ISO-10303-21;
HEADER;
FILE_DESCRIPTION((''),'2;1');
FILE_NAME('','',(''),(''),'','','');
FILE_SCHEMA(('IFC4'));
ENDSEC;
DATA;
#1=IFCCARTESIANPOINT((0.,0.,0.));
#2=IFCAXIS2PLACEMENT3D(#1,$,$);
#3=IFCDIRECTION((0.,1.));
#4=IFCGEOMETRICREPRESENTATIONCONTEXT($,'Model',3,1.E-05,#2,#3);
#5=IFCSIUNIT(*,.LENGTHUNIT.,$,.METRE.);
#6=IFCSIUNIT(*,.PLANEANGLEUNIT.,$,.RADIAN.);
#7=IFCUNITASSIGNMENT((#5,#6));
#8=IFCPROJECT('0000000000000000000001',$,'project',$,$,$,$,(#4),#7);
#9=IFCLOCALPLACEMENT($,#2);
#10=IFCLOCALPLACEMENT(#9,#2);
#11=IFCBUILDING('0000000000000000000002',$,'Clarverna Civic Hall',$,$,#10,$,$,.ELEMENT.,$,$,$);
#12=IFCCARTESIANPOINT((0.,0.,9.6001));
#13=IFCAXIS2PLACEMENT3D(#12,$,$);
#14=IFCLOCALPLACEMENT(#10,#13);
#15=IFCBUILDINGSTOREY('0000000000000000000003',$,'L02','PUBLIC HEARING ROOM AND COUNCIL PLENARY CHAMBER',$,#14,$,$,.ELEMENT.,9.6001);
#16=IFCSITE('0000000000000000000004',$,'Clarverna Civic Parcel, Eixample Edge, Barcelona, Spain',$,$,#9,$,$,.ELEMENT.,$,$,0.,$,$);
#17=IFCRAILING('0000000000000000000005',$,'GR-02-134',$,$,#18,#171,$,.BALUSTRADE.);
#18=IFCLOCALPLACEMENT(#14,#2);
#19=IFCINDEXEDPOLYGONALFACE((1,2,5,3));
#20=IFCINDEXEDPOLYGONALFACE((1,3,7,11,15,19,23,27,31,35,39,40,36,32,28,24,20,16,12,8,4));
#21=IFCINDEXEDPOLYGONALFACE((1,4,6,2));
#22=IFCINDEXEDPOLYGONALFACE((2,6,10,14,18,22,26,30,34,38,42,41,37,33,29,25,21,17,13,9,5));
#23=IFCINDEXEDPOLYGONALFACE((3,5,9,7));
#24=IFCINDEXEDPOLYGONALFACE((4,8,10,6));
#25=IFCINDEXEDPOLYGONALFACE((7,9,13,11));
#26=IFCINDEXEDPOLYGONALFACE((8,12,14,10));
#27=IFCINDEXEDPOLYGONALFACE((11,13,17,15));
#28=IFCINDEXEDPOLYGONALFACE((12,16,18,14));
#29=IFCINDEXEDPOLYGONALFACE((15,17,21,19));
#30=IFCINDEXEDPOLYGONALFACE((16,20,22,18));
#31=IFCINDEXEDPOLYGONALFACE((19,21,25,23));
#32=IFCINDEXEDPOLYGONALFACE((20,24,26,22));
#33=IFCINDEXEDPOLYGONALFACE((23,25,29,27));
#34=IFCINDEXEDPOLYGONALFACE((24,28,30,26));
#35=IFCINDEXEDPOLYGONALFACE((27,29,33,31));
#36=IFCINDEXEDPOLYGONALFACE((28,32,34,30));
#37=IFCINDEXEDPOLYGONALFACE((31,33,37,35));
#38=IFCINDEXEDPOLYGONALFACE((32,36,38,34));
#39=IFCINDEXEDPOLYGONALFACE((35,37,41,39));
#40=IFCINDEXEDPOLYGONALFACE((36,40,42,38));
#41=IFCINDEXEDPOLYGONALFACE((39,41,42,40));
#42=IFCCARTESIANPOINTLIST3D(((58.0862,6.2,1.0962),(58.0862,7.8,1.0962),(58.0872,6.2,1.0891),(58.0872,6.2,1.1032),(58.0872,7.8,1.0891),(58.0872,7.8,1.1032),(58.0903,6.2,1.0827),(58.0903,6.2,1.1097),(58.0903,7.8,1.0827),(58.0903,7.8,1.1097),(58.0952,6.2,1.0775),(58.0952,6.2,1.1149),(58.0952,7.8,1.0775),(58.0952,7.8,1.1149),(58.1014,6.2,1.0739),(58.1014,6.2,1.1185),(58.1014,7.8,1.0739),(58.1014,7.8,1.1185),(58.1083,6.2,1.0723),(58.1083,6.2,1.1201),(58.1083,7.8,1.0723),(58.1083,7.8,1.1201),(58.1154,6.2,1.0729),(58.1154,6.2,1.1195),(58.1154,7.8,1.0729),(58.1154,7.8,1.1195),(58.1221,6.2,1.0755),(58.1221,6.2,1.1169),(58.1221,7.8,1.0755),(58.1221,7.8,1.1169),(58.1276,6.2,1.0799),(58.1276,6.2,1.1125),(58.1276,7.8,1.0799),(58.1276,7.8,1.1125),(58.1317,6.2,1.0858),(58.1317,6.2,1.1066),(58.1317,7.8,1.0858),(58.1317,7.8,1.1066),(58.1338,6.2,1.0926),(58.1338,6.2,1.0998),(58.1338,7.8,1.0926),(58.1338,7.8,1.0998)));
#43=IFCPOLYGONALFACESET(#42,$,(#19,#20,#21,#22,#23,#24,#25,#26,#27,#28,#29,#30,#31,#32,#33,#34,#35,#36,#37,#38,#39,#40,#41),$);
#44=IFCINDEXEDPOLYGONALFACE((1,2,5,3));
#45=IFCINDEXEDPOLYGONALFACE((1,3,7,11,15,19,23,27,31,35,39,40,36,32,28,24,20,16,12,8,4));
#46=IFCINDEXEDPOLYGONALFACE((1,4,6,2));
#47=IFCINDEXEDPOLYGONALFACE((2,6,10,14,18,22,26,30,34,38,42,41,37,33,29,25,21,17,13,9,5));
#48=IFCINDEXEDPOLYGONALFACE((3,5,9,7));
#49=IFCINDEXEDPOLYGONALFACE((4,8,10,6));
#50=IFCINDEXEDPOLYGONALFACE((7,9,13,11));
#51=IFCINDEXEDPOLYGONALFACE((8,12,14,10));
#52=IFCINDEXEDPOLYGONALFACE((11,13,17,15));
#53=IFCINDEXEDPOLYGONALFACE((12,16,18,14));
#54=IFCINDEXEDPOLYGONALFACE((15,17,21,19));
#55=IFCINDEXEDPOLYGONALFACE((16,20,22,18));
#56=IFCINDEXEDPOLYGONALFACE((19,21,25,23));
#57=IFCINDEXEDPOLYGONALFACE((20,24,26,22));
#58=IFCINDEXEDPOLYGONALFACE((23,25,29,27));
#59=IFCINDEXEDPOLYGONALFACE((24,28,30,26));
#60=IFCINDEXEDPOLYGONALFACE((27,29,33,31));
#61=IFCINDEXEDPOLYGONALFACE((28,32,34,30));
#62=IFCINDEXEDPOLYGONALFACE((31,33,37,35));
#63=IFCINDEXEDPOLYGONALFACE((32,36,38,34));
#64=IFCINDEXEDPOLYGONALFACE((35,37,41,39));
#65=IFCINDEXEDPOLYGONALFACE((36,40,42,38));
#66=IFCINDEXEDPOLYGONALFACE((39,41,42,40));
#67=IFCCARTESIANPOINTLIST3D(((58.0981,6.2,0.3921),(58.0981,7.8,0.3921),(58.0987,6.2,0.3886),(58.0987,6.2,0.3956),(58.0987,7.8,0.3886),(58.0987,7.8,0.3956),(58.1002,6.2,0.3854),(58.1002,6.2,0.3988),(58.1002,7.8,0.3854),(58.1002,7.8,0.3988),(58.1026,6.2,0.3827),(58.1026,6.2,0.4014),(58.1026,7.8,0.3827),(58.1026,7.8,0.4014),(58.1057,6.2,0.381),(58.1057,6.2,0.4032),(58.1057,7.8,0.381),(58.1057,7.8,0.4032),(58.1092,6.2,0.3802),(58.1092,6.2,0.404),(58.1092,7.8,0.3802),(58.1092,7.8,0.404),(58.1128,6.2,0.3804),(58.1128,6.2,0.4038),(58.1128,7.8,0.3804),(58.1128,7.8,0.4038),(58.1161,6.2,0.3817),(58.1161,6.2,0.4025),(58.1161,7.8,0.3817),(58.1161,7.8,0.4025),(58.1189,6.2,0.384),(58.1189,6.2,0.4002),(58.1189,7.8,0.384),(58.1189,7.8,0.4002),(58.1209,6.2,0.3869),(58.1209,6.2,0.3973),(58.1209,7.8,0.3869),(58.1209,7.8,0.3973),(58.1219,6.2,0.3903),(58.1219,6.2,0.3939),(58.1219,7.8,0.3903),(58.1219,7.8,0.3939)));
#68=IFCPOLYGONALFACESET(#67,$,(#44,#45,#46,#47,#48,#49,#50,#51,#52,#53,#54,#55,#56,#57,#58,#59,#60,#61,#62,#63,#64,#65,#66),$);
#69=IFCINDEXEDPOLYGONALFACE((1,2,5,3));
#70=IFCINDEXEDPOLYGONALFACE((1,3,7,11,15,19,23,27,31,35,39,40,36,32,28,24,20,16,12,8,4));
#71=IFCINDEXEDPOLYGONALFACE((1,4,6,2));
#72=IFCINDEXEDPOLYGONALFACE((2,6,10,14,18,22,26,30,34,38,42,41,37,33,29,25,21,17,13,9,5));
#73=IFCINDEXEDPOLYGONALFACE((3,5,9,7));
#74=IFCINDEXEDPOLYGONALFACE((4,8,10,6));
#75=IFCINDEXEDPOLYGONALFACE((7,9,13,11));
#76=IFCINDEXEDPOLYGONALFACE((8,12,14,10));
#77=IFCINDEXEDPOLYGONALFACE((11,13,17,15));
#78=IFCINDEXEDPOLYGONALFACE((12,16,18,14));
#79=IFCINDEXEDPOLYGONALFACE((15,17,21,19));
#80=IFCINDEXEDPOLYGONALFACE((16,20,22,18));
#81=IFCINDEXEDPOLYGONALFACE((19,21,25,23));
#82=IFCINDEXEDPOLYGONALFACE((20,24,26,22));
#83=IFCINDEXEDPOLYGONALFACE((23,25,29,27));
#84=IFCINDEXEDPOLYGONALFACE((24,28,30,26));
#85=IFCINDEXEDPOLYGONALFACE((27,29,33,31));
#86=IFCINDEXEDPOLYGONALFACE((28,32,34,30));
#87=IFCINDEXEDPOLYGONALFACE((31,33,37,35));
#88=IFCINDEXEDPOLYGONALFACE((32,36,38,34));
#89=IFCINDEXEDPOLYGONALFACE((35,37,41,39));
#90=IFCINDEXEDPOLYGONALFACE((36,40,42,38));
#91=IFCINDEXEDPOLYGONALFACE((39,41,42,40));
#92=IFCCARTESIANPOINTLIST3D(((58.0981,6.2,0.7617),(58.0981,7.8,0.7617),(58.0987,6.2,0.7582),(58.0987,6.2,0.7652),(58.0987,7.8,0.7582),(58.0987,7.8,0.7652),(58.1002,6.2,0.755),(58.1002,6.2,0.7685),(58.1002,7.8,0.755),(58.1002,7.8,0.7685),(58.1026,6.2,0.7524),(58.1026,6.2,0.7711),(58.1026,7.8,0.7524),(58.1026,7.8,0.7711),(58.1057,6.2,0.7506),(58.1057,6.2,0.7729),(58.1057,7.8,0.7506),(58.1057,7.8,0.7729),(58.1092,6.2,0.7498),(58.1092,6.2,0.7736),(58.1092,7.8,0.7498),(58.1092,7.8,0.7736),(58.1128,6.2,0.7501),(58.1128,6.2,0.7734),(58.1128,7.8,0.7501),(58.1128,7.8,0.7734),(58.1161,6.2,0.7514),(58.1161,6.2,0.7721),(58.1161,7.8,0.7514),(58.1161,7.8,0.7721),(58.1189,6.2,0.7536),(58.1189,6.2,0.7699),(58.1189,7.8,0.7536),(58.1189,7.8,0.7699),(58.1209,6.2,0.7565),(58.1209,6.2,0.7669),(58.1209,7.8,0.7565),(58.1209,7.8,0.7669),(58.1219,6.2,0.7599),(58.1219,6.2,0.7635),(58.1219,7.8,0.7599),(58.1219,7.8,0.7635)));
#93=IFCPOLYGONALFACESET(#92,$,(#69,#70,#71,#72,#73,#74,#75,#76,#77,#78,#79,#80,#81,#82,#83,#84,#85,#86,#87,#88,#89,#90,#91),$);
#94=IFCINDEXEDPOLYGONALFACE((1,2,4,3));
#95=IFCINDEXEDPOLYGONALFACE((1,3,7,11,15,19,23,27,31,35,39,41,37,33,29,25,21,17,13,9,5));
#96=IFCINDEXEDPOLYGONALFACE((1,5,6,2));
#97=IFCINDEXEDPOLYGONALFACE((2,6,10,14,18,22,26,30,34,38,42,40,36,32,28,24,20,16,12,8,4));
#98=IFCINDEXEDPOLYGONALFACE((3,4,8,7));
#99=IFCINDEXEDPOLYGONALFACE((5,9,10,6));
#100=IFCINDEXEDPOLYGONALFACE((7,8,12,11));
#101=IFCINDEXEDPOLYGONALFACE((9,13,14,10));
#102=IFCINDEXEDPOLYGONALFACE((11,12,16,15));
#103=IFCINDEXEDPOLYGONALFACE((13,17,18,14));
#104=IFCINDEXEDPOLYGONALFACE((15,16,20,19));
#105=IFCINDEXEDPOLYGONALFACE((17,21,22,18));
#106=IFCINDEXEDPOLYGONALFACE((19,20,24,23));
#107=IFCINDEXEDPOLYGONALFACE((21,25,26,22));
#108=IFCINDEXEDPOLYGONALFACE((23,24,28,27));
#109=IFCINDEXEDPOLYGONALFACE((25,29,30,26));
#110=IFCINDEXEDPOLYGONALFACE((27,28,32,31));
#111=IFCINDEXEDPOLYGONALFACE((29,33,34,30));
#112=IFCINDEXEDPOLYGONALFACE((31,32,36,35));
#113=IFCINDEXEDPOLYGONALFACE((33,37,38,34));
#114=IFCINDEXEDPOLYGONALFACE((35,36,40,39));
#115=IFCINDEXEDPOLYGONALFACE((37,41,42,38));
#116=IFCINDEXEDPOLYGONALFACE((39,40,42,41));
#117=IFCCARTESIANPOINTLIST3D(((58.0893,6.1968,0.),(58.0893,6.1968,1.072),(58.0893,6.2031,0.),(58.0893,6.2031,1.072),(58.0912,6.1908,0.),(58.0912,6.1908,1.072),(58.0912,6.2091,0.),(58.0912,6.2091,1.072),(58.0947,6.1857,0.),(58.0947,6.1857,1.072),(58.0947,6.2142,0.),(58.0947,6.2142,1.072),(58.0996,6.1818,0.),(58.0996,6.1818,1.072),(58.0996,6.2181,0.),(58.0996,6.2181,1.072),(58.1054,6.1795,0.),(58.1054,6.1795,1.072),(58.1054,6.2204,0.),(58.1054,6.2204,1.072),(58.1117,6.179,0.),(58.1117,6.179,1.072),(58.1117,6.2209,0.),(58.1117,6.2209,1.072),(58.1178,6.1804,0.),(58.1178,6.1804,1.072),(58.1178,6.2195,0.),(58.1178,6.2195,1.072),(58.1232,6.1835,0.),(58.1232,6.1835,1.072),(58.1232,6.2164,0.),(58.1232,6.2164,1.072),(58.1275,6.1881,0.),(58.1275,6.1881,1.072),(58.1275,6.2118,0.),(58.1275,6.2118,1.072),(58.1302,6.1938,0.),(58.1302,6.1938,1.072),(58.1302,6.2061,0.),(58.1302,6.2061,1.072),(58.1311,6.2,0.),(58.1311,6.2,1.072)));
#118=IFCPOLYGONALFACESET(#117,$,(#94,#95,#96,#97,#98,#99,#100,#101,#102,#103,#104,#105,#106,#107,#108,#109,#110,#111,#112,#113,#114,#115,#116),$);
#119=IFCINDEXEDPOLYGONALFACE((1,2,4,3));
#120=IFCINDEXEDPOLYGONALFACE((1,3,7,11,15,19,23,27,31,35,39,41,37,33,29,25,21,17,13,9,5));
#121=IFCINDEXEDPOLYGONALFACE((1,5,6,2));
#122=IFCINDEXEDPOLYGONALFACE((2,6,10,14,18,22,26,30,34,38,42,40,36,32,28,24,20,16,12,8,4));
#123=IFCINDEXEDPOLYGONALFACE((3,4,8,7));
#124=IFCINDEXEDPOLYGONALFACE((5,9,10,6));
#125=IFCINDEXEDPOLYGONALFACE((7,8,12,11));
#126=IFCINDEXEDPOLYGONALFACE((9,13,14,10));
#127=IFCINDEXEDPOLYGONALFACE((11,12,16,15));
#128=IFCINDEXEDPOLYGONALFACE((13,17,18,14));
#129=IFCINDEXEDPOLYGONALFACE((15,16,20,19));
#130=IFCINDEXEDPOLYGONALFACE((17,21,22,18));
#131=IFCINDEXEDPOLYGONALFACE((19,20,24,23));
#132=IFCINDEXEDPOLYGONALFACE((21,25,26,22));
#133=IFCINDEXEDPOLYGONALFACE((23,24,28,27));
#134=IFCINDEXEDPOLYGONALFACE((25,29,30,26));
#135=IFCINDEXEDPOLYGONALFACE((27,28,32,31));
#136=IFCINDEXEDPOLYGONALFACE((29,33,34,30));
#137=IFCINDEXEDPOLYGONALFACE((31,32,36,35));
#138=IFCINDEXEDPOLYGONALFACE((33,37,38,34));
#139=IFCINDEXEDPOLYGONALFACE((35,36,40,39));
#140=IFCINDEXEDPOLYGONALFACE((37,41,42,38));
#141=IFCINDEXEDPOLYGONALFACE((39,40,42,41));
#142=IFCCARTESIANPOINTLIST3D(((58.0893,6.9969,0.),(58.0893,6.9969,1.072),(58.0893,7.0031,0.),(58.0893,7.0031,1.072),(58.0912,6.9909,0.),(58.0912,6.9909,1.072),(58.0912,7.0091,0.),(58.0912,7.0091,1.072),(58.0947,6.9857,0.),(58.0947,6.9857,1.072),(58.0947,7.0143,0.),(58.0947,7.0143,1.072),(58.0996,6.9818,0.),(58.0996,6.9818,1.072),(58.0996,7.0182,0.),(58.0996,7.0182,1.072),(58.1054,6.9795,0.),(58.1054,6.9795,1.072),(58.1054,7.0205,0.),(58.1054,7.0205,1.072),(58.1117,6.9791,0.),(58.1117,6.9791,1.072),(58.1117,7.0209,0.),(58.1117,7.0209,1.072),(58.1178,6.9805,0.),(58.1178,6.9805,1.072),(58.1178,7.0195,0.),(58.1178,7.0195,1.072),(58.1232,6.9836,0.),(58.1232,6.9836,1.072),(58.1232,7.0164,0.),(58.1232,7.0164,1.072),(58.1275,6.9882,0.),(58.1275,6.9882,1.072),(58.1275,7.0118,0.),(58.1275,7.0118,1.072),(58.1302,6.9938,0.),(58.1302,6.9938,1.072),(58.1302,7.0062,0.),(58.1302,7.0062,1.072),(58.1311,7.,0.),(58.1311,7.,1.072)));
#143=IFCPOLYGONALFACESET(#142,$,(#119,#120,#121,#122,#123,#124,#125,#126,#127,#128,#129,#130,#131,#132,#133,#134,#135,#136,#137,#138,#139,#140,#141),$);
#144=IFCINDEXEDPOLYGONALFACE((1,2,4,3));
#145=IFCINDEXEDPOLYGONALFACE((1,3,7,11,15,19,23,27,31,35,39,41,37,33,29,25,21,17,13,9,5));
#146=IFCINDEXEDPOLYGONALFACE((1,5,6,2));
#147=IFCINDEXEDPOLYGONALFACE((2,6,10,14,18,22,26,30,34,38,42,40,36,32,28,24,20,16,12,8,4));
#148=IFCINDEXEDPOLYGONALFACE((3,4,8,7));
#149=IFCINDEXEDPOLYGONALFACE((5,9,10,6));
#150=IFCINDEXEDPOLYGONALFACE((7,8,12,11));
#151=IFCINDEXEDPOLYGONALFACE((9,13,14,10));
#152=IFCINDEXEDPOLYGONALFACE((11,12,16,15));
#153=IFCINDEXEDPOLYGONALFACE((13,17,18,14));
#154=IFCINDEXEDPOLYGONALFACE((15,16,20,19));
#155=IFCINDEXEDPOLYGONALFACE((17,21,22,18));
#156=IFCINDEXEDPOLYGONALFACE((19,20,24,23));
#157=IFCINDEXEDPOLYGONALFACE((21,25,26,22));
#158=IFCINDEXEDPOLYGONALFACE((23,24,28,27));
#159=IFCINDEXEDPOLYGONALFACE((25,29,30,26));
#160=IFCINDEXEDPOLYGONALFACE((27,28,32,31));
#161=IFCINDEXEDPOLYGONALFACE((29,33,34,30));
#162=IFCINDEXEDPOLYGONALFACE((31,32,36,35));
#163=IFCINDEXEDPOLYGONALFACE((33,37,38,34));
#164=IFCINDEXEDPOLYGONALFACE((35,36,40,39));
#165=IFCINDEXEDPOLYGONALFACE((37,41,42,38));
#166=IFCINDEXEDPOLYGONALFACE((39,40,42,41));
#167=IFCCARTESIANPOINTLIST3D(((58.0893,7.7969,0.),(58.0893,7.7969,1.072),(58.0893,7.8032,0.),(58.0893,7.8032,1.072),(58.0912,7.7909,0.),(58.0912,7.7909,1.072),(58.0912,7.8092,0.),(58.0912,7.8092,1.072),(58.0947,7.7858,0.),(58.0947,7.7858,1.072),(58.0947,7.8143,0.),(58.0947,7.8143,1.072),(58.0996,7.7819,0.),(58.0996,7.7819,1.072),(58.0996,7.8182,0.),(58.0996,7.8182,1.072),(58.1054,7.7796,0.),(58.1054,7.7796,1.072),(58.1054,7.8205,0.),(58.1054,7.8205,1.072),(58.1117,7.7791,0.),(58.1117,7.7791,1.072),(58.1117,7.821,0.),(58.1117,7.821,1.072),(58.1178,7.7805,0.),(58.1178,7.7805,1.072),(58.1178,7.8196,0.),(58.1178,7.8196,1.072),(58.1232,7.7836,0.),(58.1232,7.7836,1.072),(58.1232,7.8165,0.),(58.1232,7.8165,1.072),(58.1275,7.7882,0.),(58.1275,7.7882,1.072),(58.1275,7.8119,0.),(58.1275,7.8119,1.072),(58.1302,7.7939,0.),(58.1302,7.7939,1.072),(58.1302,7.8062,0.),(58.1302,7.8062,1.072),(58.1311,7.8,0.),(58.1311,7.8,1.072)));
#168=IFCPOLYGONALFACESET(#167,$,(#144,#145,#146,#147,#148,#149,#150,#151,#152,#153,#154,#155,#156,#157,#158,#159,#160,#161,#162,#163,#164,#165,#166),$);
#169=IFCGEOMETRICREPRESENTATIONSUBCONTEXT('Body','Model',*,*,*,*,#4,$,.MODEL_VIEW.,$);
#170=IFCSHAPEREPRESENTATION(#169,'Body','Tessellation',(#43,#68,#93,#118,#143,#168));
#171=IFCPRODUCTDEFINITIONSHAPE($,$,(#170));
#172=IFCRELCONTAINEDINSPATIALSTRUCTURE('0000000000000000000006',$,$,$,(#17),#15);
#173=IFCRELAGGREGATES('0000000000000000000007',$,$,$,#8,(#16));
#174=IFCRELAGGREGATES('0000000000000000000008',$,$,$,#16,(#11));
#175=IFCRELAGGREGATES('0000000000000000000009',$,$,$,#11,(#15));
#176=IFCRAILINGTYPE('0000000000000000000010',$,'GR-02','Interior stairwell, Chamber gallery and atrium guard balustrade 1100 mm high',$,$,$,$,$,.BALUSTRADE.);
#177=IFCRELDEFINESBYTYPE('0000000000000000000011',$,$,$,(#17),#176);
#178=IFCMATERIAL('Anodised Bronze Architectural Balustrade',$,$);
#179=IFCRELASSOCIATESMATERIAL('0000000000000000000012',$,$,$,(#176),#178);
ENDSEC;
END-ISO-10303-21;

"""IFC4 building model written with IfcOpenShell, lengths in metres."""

from ifc_helpers import new_model, si_unit, direction, frame, origin, origin_2d, place, context, subcontext, project, spatial, circle, extrude, material, type_object, element, save


model = new_model("IFC4")

# Units and contexts
model_context = context("Model", 3, precision=1e-05, world=origin(), true_north=direction((0.0, 1.0)))
body_context = subcontext(model_context, "Body", "Model", "MODEL_VIEW")
ifc_project = project(units=[si_unit("LENGTHUNIT", "METRE"), si_unit("PLANEANGLEUNIT", "RADIAN")], contexts=[model_context])

# Site, building, storey
site_placement = place(None, origin())
site = spatial("IfcSite", under=ifc_project, at=site_placement, Name="Clarverna Civic Parcel, Eixample Edge, Barcelona, Spain", CompositionType="ELEMENT", RefElevation=0.0)
building_placement = place(site_placement, origin())
building = spatial("IfcBuilding", under=site, at=building_placement, Name="Clarverna Civic Hall", CompositionType="ELEMENT")
storey_placement = place(building_placement, frame((0.0, 0.0, 9.6001)))
storey = spatial("IfcBuildingStorey", under=building, at=storey_placement, Name="L02", Description="PUBLIC HEARING ROOM AND COUNCIL PLENARY CHAMBER", CompositionType="ELEMENT", Elevation=9.6001)

# Railing
ifc_material_1 = material(Name="Anodised Bronze Architectural Balustrade")
railing_type_1 = type_object("IfcRailingType", Name="GR-02", Description="Interior stairwell, Chamber gallery and atrium guard balustrade 1100 mm high", PredefinedType="BALUSTRADE", material=ifc_material_1)
railing_1_placement = place(storey_placement, frame((58.1101, 6.2, 0.0)))
element("IfcRailing", 1, at=railing_1_placement, inside=storey, type_object=railing_type_1, Name="GR-02-134", PredefinedType="BALUSTRADE", context=body_context, shape_type="SweptSolid", body=[
    extrude(circle(Radius=0.0239, at=origin_2d()), frame((0.0, 0.0, 1.0962), z_axis=(0.0, 1.0, 0.0), x_axis=(-1.0, 0.0, 0.0)), (0.0, 0.0, 1.0), 1.6001),
    extrude(circle(Radius=0.012, at=origin_2d()), frame((0.0, 0.0, 0.3921), z_axis=(0.0, 1.0, 0.0), x_axis=(-1.0, 0.0, 0.0)), (0.0, 0.0, 1.0), 1.6001),
    extrude(circle(Radius=0.012, at=origin_2d()), frame((0.0, 0.0, 0.7617), z_axis=(0.0, 1.0, 0.0), x_axis=(-1.0, 0.0, 0.0)), (0.0, 0.0, 1.0), 1.6001),
    extrude(circle(Radius=0.021, at=origin_2d()), origin(), (0.0, 0.0, 1.0), 1.072),
    extrude(circle(Radius=0.021, at=origin_2d()), frame((0.0, 0.8, 0.0)), (0.0, 0.0, 1.0), 1.072),
    extrude(circle(Radius=0.021, at=origin_2d()), frame((0.0, 1.6001, 0.0)), (0.0, 0.0, 1.0), 1.072),
])

save(model, "model.ifc")
